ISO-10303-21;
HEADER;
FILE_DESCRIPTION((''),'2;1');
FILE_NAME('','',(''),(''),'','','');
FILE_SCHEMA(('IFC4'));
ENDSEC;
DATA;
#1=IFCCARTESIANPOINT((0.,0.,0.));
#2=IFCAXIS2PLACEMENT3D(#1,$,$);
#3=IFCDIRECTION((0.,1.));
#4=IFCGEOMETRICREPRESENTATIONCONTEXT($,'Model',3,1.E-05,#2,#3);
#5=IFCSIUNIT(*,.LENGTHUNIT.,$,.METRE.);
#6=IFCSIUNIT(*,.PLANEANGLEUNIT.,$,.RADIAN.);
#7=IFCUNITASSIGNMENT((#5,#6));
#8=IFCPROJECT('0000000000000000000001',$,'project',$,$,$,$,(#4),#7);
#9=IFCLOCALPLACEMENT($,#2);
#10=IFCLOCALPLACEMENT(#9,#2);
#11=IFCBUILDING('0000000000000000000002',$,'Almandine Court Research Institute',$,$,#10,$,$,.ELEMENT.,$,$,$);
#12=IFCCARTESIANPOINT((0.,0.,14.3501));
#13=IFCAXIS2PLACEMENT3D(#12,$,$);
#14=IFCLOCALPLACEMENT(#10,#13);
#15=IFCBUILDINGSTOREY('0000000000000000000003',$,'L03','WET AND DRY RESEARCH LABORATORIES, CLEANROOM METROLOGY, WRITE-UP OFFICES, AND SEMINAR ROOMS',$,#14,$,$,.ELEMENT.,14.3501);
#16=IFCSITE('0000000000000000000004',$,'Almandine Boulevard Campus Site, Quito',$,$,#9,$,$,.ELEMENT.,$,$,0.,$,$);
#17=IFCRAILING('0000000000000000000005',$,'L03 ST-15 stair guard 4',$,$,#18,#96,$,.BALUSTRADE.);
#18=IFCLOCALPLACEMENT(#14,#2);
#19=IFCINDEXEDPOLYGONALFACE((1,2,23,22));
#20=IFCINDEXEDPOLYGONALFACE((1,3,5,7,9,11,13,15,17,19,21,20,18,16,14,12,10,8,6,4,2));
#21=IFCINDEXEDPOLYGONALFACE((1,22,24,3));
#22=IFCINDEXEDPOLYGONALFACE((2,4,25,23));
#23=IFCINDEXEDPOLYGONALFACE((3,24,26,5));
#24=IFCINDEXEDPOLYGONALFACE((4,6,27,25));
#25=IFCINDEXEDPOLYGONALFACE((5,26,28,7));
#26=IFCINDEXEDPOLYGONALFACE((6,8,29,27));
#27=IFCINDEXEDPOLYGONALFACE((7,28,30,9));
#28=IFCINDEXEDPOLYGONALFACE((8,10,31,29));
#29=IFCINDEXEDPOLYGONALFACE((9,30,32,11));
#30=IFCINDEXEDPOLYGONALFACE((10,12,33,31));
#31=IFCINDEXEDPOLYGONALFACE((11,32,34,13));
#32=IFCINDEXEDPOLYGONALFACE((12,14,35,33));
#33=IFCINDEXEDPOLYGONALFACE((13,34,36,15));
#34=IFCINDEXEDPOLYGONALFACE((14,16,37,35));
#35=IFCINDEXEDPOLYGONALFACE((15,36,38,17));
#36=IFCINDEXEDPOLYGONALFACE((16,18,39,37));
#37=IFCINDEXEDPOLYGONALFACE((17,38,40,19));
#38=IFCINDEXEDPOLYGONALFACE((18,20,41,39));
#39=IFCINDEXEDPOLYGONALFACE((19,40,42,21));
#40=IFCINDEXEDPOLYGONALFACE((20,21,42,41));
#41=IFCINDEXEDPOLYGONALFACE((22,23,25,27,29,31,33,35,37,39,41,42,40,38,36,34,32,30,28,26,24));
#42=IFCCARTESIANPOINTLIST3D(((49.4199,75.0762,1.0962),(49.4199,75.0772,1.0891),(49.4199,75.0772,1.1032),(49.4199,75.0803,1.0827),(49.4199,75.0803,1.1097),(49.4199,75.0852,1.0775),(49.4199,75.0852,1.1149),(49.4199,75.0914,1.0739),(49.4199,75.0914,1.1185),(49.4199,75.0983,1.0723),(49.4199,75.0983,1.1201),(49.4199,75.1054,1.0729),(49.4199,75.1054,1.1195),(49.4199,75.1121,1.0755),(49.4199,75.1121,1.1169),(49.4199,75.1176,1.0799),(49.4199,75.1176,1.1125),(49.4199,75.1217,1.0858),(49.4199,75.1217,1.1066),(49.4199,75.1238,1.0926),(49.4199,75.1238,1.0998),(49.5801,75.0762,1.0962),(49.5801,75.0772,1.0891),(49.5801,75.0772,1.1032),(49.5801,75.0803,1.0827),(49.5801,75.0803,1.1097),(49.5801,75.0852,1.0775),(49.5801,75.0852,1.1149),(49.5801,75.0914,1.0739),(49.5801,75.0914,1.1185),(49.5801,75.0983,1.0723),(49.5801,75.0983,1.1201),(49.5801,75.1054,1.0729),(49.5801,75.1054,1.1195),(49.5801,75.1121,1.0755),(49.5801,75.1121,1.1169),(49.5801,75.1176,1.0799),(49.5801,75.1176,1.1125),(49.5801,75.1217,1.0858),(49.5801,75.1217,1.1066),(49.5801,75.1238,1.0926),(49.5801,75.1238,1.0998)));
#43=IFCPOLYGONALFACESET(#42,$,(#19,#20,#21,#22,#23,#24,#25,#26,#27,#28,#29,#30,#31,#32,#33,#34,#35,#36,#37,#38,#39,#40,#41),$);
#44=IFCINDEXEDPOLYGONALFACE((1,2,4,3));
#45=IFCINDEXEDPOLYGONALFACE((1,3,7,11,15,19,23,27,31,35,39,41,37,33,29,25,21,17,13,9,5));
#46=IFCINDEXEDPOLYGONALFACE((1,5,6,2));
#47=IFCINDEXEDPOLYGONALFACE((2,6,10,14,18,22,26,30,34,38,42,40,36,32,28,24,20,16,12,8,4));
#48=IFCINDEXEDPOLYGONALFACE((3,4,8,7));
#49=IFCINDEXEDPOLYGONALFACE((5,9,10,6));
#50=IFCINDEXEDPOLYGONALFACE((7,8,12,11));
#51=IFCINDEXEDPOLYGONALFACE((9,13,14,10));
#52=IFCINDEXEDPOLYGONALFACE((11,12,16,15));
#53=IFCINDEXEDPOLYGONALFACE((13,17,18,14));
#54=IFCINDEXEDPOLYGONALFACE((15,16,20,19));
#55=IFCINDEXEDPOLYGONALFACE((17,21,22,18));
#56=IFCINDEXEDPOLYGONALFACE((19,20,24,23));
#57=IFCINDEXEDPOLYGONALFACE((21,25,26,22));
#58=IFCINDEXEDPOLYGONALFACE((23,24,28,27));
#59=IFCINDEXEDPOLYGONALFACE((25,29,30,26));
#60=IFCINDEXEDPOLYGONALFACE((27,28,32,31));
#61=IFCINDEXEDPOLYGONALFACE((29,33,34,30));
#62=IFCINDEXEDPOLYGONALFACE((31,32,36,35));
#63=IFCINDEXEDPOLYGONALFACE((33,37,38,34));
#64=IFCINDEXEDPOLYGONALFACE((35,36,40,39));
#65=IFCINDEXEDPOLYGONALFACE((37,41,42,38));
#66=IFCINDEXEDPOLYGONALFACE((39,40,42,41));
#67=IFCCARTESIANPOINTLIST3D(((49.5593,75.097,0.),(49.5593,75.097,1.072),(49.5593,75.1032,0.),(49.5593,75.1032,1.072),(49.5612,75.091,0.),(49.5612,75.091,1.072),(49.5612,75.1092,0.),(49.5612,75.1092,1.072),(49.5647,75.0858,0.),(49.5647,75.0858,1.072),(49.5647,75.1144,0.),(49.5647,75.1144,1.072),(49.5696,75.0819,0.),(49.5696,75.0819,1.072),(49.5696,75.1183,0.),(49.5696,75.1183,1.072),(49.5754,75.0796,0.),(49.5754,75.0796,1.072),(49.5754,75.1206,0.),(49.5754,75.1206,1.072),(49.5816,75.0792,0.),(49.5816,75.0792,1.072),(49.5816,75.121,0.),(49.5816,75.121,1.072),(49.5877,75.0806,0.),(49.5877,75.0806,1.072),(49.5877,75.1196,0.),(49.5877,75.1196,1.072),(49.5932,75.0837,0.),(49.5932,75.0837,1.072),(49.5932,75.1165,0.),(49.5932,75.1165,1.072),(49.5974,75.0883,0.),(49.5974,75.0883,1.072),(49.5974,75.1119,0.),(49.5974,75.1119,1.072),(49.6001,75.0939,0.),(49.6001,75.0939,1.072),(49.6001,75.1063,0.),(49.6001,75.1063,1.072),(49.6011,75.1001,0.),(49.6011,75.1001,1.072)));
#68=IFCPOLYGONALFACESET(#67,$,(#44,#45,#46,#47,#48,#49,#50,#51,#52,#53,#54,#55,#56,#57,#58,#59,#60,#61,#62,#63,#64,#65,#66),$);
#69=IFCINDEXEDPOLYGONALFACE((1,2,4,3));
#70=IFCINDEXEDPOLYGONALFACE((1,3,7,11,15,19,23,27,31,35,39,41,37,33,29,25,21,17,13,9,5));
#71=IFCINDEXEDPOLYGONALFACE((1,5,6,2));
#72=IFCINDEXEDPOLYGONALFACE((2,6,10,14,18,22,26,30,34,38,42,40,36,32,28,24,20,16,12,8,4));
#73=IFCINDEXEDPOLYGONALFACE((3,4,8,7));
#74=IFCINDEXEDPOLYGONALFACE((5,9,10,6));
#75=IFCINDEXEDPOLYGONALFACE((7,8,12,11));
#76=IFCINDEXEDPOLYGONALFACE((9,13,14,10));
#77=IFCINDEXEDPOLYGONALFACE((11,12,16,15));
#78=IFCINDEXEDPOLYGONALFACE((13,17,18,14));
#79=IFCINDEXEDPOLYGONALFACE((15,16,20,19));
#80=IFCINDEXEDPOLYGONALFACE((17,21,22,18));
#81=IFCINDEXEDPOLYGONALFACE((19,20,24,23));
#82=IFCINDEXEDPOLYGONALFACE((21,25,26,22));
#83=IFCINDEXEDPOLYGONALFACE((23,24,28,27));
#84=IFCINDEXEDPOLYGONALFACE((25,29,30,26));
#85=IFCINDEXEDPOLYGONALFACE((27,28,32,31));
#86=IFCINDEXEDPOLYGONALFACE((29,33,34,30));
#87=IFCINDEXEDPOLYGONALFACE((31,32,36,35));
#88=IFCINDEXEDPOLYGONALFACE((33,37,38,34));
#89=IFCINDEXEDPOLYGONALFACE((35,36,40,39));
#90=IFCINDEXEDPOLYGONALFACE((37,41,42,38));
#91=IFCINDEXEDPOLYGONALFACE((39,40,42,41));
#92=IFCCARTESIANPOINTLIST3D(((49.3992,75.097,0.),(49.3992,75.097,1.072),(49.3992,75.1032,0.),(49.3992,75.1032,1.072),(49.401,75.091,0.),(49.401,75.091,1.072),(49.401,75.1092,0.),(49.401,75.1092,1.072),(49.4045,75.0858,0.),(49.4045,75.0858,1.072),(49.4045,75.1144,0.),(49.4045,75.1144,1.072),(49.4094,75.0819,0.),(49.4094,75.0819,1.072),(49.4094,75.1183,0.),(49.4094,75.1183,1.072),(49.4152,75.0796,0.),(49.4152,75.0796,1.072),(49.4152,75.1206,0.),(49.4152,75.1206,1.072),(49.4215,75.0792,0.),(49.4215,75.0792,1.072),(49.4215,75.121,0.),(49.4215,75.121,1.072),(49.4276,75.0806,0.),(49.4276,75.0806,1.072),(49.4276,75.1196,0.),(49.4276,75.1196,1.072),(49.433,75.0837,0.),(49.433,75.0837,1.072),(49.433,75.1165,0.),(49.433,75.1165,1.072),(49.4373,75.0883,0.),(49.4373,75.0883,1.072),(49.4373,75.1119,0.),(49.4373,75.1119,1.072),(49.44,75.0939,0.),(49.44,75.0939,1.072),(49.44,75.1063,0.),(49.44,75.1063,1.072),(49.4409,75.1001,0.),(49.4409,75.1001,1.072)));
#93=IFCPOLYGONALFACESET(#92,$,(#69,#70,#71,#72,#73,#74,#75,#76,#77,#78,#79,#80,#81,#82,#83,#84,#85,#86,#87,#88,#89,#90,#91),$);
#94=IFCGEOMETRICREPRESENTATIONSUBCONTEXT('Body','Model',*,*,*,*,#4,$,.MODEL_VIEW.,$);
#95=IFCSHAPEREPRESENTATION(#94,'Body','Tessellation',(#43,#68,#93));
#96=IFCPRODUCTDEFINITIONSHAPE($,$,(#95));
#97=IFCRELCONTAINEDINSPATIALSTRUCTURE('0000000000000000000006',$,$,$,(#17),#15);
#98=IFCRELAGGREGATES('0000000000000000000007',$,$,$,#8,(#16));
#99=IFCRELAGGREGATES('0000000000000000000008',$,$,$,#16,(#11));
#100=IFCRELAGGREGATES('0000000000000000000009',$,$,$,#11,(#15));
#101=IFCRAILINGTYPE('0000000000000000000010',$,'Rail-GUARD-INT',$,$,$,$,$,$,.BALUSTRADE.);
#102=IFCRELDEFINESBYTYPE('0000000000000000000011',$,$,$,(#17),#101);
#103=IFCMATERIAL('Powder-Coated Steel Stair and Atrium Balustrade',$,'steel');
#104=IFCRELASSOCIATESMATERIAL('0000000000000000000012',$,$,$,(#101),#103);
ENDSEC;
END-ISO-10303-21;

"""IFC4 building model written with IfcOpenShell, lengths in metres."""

from ifc_helpers import new_model, si_unit, direction, frame, origin, origin_2d, place, context, subcontext, project, spatial, circle, extrude, material, type_object, element, save


model = new_model("IFC4")

# Units and contexts
model_context = context("Model", 3, precision=1e-05, world=origin(), true_north=direction((0.0, 1.0)))
body_context = subcontext(model_context, "Body", "Model", "MODEL_VIEW")
ifc_project = project(units=[si_unit("LENGTHUNIT", "METRE"), si_unit("PLANEANGLEUNIT", "RADIAN")], contexts=[model_context])

# Site, building, storey
site_placement = place(None, origin())
site = spatial("IfcSite", under=ifc_project, at=site_placement, Name="Almandine Boulevard Campus Site, Quito", CompositionType="ELEMENT", RefElevation=0.0)
building_placement = place(site_placement, origin())
building = spatial("IfcBuilding", under=site, at=building_placement, Name="Almandine Court Research Institute", CompositionType="ELEMENT")
storey_placement = place(building_placement, frame((0.0, 0.0, 14.3501)))
storey = spatial("IfcBuildingStorey", under=building, at=storey_placement, Name="L03", Description="WET AND DRY RESEARCH LABORATORIES, CLEANROOM METROLOGY, WRITE-UP OFFICES, AND SEMINAR ROOMS", CompositionType="ELEMENT", Elevation=14.3501)

# Railing
ifc_material_1 = material(Name="Powder-Coated Steel Stair and Atrium Balustrade", Category="steel")
railing_type_1 = type_object("IfcRailingType", Name="Rail-GUARD-INT", PredefinedType="BALUSTRADE", material=ifc_material_1)
railing_1_placement = place(storey_placement, frame((49.5801, 75.1001, 0.0)))
element("IfcRailing", 1, at=railing_1_placement, inside=storey, type_object=railing_type_1, Name="L03 ST-15 stair guard 4", PredefinedType="BALUSTRADE", context=body_context, shape_type="SweptSolid", body=[
    extrude(circle(Radius=0.0239, at=origin_2d()), frame((0.0, 0.0, 1.0962), z_axis=(-1.0, 0.0, 0.0), x_axis=(0.0, -1.0, 0.0)), (0.0, 0.0, 1.0), 0.1602),
    extrude(circle(Radius=0.021, at=origin_2d()), origin(), (0.0, 0.0, 1.0), 1.072),
    extrude(circle(Radius=0.021, at=origin_2d()), frame((-0.1602, 0.0, 0.0)), (0.0, 0.0, 1.0), 1.072),
])

save(model, "model.ifc")
